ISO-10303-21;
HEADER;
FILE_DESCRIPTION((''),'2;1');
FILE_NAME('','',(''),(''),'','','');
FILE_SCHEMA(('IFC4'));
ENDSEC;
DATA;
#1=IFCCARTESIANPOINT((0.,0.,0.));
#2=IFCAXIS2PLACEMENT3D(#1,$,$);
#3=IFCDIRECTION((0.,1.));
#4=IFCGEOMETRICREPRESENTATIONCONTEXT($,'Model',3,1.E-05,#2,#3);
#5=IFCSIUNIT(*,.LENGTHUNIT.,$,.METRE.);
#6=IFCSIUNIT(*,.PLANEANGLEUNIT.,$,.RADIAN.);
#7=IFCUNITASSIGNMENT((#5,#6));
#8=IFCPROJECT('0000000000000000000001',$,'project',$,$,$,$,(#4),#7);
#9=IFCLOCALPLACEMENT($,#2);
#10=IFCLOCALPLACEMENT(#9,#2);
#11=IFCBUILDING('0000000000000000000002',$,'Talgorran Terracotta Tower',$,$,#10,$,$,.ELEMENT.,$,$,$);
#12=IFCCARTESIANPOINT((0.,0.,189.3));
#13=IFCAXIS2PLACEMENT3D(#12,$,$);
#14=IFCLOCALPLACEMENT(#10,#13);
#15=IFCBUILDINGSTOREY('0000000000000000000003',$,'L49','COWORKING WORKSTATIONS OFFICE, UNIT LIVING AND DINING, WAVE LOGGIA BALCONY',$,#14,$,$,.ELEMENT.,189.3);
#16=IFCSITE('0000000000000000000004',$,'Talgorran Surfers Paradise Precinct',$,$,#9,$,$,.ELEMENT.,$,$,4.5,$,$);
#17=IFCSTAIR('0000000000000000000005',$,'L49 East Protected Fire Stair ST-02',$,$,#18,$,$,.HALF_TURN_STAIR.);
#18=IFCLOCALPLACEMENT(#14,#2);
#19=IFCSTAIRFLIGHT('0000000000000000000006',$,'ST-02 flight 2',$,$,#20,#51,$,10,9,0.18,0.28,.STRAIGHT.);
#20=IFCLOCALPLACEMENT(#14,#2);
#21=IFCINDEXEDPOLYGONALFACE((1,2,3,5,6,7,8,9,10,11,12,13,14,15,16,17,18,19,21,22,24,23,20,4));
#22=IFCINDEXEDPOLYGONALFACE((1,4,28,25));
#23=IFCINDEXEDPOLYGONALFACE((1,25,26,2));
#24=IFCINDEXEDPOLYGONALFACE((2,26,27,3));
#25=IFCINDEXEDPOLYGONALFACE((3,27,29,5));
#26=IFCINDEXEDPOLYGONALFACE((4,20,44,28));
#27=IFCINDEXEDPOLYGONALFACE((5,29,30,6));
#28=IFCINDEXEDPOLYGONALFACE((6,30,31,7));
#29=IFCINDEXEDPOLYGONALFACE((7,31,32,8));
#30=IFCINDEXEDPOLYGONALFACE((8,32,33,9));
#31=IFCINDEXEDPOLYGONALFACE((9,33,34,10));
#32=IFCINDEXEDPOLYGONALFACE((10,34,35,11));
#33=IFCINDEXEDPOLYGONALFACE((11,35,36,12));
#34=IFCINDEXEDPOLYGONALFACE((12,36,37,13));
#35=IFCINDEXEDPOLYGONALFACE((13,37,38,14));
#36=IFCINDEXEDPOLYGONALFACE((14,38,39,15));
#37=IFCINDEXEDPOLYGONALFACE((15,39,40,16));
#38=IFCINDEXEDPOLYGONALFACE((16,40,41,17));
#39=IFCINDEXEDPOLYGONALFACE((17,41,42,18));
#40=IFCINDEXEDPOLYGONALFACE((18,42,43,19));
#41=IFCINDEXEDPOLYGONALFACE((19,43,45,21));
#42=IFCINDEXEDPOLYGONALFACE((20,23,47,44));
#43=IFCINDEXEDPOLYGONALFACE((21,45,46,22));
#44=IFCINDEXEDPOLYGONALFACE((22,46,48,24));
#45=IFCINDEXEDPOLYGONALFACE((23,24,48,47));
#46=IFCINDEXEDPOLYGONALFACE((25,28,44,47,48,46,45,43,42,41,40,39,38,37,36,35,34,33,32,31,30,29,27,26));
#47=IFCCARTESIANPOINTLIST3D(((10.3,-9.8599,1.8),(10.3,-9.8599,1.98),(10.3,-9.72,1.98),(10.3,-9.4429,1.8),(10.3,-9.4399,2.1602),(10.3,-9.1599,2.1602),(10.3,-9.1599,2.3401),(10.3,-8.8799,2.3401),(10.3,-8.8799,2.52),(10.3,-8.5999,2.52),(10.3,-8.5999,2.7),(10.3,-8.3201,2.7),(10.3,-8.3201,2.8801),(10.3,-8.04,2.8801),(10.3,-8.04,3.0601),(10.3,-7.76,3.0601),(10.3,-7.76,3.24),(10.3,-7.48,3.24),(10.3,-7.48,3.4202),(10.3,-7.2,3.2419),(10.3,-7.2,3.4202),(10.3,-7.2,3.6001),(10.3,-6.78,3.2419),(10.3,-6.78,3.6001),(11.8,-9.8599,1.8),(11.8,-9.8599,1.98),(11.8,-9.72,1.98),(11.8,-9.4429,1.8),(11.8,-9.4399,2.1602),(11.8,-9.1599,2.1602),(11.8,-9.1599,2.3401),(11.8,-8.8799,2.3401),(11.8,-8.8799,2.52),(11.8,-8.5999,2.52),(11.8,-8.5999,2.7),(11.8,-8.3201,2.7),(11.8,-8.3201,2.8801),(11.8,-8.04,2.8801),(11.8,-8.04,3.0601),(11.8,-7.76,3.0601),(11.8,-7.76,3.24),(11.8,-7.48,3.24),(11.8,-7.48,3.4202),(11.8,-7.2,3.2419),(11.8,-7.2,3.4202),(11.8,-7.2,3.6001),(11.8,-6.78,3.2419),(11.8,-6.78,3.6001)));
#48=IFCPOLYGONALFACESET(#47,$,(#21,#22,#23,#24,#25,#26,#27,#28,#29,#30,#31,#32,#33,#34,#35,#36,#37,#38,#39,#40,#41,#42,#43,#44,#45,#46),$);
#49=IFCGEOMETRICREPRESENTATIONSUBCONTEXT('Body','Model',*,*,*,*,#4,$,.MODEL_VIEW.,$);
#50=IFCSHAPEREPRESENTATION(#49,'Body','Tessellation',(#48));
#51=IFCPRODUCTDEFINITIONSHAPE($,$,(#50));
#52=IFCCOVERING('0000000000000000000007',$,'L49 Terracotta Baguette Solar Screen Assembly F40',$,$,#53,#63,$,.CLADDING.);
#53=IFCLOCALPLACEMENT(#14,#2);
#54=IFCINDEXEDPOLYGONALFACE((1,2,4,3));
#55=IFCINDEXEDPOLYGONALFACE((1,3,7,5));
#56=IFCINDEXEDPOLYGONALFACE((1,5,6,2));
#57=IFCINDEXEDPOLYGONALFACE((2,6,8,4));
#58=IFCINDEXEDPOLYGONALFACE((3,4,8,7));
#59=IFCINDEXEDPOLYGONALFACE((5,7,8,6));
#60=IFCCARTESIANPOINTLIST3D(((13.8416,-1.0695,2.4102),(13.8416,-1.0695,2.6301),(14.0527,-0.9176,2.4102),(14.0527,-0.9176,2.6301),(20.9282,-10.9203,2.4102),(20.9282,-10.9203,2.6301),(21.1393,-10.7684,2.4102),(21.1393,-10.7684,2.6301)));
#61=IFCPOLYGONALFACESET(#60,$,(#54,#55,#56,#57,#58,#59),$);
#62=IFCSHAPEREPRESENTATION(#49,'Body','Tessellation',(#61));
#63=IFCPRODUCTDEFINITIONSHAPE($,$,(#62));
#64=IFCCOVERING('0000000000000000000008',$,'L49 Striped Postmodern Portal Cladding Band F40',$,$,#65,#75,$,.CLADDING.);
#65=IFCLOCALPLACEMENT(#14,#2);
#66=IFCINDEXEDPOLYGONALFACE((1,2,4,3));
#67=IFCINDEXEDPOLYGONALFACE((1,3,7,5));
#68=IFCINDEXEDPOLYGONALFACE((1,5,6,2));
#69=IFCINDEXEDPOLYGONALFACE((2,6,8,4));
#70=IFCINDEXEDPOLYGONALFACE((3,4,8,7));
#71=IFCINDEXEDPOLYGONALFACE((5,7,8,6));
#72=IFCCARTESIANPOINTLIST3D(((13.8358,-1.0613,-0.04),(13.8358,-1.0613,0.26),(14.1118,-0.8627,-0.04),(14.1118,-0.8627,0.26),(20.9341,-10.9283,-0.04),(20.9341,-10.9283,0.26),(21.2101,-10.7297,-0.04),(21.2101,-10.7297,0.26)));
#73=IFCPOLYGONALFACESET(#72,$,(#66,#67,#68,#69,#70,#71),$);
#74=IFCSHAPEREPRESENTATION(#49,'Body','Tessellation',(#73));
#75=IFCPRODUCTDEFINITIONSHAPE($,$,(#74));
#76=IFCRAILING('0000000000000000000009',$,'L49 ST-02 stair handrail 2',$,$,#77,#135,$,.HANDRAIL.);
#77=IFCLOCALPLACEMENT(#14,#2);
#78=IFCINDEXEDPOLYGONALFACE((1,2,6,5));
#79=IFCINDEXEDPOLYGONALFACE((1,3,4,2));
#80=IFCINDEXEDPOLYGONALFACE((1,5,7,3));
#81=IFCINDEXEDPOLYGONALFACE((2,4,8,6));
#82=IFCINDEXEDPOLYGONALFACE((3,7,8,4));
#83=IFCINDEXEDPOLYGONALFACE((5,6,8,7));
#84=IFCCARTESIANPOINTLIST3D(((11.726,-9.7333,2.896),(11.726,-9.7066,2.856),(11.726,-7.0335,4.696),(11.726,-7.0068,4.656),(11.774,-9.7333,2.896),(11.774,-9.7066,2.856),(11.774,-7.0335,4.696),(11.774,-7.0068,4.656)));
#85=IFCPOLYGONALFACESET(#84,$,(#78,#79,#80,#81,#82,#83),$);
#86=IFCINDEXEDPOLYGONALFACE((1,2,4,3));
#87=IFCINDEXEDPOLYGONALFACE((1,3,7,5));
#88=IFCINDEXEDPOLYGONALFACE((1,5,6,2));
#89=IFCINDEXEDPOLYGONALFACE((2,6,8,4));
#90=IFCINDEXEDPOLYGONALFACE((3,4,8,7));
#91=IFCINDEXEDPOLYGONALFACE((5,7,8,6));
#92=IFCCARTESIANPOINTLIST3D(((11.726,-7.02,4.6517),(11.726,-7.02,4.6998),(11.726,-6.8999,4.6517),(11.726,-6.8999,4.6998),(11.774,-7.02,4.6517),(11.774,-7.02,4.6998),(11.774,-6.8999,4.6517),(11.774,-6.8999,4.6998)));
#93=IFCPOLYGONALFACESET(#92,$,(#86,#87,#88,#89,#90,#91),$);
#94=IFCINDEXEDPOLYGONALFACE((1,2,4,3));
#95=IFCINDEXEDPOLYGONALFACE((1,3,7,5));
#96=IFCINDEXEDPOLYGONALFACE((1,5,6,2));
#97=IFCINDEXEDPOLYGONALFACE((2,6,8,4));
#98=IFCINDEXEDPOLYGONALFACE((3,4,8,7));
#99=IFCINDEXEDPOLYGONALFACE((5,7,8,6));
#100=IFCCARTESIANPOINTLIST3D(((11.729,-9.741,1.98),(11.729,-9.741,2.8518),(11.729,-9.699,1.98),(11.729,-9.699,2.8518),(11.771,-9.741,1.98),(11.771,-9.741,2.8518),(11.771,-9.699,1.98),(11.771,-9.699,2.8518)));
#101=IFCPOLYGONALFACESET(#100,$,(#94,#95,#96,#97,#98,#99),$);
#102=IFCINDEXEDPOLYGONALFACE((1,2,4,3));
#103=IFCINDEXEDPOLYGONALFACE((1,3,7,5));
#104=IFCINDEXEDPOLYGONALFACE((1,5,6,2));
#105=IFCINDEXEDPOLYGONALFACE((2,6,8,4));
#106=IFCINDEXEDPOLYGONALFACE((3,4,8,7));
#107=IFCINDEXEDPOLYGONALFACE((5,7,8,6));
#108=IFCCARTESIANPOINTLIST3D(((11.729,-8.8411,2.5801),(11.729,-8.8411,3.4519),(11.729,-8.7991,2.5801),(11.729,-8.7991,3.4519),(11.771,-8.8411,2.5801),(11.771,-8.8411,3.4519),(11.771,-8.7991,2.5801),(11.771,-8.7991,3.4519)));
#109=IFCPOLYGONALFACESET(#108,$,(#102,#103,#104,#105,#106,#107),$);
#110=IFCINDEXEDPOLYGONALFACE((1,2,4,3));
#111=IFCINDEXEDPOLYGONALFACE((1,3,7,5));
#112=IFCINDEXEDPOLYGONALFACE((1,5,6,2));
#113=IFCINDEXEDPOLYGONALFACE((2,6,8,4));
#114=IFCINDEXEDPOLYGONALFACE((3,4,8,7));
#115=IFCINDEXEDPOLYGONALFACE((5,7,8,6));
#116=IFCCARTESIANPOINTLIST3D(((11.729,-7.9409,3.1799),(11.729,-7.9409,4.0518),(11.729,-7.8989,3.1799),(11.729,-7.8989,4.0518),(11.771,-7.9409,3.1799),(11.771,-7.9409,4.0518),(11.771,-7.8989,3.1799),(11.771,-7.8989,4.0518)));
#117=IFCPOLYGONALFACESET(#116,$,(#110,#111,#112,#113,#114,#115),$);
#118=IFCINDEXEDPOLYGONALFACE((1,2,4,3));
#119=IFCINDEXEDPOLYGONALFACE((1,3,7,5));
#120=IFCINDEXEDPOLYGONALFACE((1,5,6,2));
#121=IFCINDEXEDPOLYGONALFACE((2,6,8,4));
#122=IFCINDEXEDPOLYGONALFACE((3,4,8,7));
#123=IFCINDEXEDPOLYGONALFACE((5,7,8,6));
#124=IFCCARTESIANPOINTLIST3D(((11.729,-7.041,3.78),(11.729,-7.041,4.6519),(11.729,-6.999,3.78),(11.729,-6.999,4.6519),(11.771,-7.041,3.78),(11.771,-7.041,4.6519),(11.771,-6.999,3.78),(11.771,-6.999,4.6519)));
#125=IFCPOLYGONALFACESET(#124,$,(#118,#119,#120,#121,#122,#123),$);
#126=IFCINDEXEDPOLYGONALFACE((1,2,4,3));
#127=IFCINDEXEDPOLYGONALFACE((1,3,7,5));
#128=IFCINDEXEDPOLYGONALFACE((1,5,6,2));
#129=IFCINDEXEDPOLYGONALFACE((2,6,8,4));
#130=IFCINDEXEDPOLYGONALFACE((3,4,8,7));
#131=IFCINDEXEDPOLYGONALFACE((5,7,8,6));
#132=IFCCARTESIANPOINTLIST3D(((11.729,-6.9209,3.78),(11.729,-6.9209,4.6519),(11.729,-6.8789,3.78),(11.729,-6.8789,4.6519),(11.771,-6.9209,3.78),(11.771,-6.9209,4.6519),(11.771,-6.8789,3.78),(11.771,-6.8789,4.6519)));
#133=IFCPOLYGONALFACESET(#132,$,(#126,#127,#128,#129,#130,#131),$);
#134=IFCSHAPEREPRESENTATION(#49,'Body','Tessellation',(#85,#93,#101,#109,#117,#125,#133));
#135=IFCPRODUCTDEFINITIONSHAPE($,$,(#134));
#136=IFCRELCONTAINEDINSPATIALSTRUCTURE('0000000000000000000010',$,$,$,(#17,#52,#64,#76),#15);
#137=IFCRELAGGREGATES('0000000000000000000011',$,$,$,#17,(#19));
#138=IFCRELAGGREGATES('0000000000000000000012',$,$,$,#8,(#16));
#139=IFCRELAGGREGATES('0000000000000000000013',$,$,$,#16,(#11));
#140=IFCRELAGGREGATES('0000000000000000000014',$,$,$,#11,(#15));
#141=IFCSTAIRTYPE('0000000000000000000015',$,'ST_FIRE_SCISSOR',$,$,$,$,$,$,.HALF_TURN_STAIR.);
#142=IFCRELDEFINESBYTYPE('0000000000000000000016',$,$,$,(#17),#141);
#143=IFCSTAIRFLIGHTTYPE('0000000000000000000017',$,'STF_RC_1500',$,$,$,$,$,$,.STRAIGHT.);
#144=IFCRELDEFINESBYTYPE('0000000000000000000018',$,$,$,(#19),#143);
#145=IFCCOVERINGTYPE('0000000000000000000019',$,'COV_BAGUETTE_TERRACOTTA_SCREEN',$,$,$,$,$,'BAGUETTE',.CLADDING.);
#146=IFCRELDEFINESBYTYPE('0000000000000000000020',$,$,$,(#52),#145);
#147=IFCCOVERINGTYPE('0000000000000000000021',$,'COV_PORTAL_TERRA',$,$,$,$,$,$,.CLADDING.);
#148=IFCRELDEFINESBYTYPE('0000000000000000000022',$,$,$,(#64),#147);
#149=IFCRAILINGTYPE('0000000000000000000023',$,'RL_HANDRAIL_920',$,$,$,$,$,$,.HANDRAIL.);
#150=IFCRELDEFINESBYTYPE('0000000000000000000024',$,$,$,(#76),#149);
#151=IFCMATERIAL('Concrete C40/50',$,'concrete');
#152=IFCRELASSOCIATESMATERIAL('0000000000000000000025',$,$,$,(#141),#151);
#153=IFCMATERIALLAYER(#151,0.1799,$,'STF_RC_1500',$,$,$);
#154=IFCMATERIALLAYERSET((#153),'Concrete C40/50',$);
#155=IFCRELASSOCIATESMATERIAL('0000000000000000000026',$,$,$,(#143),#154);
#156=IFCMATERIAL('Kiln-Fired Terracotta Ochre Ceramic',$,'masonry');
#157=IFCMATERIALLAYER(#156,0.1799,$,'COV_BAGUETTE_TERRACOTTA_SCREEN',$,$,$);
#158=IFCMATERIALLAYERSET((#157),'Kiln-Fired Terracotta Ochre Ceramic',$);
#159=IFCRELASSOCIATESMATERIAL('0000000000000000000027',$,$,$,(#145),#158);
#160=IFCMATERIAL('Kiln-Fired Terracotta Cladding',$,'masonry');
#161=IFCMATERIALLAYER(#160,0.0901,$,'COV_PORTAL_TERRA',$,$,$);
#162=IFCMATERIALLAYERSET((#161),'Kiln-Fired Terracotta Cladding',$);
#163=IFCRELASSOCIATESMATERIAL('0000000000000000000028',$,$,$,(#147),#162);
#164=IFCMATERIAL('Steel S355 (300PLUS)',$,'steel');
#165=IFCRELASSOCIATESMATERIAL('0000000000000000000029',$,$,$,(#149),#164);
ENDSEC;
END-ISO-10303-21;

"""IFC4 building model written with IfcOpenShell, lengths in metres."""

from ifc_helpers import new_model, si_unit, direction, frame, origin, origin_2d, place, context, subcontext, project, spatial, polyline, rectangle, outline, extrude, material, layer, layer_set, type_object, element, aggregate, save


model = new_model("IFC4")

# Units and contexts
model_context = context("Model", 3, precision=1e-05, world=origin(), true_north=direction((0.0, 1.0)))
body_context = subcontext(model_context, "Body", "Model", "MODEL_VIEW")
ifc_project = project(units=[si_unit("LENGTHUNIT", "METRE"), si_unit("PLANEANGLEUNIT", "RADIAN")], contexts=[model_context])

# Site, building, storey
site_placement = place(None, origin())
site = spatial("IfcSite", under=ifc_project, at=site_placement, Name="Talgorran Surfers Paradise Precinct", CompositionType="ELEMENT", RefElevation=4.5)
building_placement = place(site_placement, origin())
building = spatial("IfcBuilding", under=site, at=building_placement, Name="Talgorran Terracotta Tower", CompositionType="ELEMENT")
storey_placement = place(building_placement, frame((0.0, 0.0, 189.3)))
storey = spatial("IfcBuildingStorey", under=building, at=storey_placement, Name="L49", Description="COWORKING WORKSTATIONS OFFICE, UNIT LIVING AND DINING, WAVE LOGGIA BALCONY", CompositionType="ELEMENT", Elevation=189.3)

# Shared definitions
ifc_material_1 = material(Name="Steel S355 (300PLUS)", Category="steel")

# Stair, stair flight
ifc_material_2 = material(Name="Concrete C40/50", Category="concrete")
stair_type = type_object("IfcStairType", Name="ST_FIRE_SCISSOR", PredefinedType="HALF_TURN_STAIR", material=ifc_material_2)
stair_placement = place(storey_placement, origin())
stair = element("IfcStair", 1, at=stair_placement, inside=storey, type_object=stair_type, Name="L49 East Protected Fire Stair ST-02", PredefinedType="HALF_TURN_STAIR")
ifc_layer_1 = layer(ifc_material_2, 0.1799, Name="STF_RC_1500")
ifc_layer_set_1 = layer_set([ifc_layer_1], Name="Concrete C40/50")
stair_flight_type = type_object("IfcStairFlightType", Name="STF_RC_1500", PredefinedType="STRAIGHT", material=ifc_layer_set_1)
stair_flight_placement = place(storey_placement, frame((11.05, -9.72, 1.8), z_axis=(0.0, 0.0, 1.0), x_axis=(0.0, 1.0, 0.0)))
stair_flight = element("IfcStairFlight", 2, at=stair_flight_placement, type_object=stair_flight_type, Name="ST-02 flight 2", NumberOfRisers=10, NumberOfTreads=9, PredefinedType="STRAIGHT", RiserHeight=0.18, TreadLength=0.28, context=body_context, shape_type="SweptSolid", body=[
    extrude(outline(polyline([(-0.1399, 0.0), (-0.1399, 0.1799), (0.0, 0.1799), (0.28, 0.3601), (0.5601, 0.3601), (0.5601, 0.54), (0.8401, 0.54), (0.8401, 0.72), (1.1201, 0.72), (1.1201, 0.8999), (1.3999, 0.8999), (1.3999, 1.0801), (1.6799, 1.0801), (1.6799, 1.26), (1.96, 1.26), (1.96, 1.4399), (2.24, 1.4399), (2.24, 1.6201), (2.52, 1.6201), (2.52, 1.8), (2.9399, 1.8), (2.9399, 1.4419), (2.52, 1.4419), (0.2771, 0.0), (-0.1399, 0.0)])), frame((0.0, 0.75, 0.0), z_axis=(0.0, -1.0, 0.0), x_axis=(1.0, 0.0, 0.0)), (0.0, 0.0, 1.0), 1.5),
])
aggregate(stair, [stair_flight])

# Coverings
ifc_material_3 = material(Name="Kiln-Fired Terracotta Ochre Ceramic", Category="masonry")
ifc_layer_2 = layer(ifc_material_3, 0.1799, Name="COV_BAGUETTE_TERRACOTTA_SCREEN")
ifc_layer_set_2 = layer_set([ifc_layer_2], Name="Kiln-Fired Terracotta Ochre Ceramic")
covering_type_1 = type_object("IfcCoveringType", Name="COV_BAGUETTE_TERRACOTTA_SCREEN", ElementType="BAGUETTE", PredefinedType="CLADDING", material=ifc_layer_set_2)
covering_1_placement = place(storey_placement, frame((17.4905, -5.9189, 2.4102), z_axis=(0.0, 0.0, 1.0), x_axis=(-0.583981, 0.811768, 0.0)))
element("IfcCovering", 3, at=covering_1_placement, inside=storey, type_object=covering_type_1, Name="L49 Terracotta Baguette Solar Screen Assembly F40", PredefinedType="CLADDING", context=body_context, shape_type="SweptSolid", body=[
    extrude(rectangle(XDim=12.135, YDim=0.26, at=origin_2d()), origin(), (0.0, 0.0, 1.0), 0.22),
])
ifc_material_4 = material(Name="Kiln-Fired Terracotta Cladding", Category="masonry")
ifc_layer_3 = layer(ifc_material_4, 0.0901, Name="COV_PORTAL_TERRA")
ifc_layer_set_3 = layer_set([ifc_layer_3], Name="Kiln-Fired Terracotta Cladding")
covering_type_2 = type_object("IfcCoveringType", Name="COV_PORTAL_TERRA", PredefinedType="CLADDING", material=ifc_layer_set_3)
covering_2_placement = place(storey_placement, frame((17.5229, -5.8955, -0.04), z_axis=(0.0, 0.0, 1.0), x_axis=(-0.583981, 0.811768, 0.0)))
element("IfcCovering", 4, at=covering_2_placement, inside=storey, type_object=covering_type_2, Name="L49 Striped Postmodern Portal Cladding Band F40", PredefinedType="CLADDING", context=body_context, shape_type="SweptSolid", body=[
    extrude(rectangle(XDim=12.155, YDim=0.3401, at=origin_2d()), origin(), (0.0, 0.0, 1.0), 0.3),
])

# Railing
railing_type = type_object("IfcRailingType", Name="RL_HANDRAIL_920", PredefinedType="HANDRAIL", material=ifc_material_1)
railing_placement = place(storey_placement, frame((11.75, -9.72, 1.98)))
element("IfcRailing", 5, at=railing_placement, inside=storey, type_object=railing_type, Name="L49 ST-02 stair handrail 2", PredefinedType="HANDRAIL", context=body_context, shape_type="SweptSolid", body=[
    extrude(rectangle(XDim=0.0481, YDim=0.0481, at=origin_2d()), frame((0.0, 0.0, 0.896), z_axis=(0.0, 0.832039, 0.554718), x_axis=(-1.0, 0.0, 0.0)), (0.0, 0.0, 1.0), 3.2449),
    extrude(rectangle(XDim=0.0481, YDim=0.0481, at=origin_2d()), frame((0.0, 2.7, 2.6958), z_axis=(0.0, 1.0, 0.0), x_axis=(-1.0, 0.0, 0.0)), (0.0, 0.0, 1.0), 0.1201),
    extrude(rectangle(XDim=0.042, YDim=0.042, at=origin_2d()), origin(), (0.0, 0.0, 1.0), 0.8718),
    extrude(rectangle(XDim=0.042, YDim=0.042, at=origin_2d()), frame((0.0, 0.8999, 0.6001)), (0.0, 0.0, 1.0), 0.8718),
    extrude(rectangle(XDim=0.042, YDim=0.042, at=origin_2d()), frame((0.0, 1.8, 1.2)), (0.0, 0.0, 1.0), 0.8718),
    extrude(rectangle(XDim=0.042, YDim=0.042, at=origin_2d()), frame((0.0, 2.7, 1.8)), (0.0, 0.0, 1.0), 0.8718),
    extrude(rectangle(XDim=0.042, YDim=0.042, at=origin_2d()), frame((0.0, 2.8201, 1.8)), (0.0, 0.0, 1.0), 0.8718),
])

save(model, "model.ifc")
